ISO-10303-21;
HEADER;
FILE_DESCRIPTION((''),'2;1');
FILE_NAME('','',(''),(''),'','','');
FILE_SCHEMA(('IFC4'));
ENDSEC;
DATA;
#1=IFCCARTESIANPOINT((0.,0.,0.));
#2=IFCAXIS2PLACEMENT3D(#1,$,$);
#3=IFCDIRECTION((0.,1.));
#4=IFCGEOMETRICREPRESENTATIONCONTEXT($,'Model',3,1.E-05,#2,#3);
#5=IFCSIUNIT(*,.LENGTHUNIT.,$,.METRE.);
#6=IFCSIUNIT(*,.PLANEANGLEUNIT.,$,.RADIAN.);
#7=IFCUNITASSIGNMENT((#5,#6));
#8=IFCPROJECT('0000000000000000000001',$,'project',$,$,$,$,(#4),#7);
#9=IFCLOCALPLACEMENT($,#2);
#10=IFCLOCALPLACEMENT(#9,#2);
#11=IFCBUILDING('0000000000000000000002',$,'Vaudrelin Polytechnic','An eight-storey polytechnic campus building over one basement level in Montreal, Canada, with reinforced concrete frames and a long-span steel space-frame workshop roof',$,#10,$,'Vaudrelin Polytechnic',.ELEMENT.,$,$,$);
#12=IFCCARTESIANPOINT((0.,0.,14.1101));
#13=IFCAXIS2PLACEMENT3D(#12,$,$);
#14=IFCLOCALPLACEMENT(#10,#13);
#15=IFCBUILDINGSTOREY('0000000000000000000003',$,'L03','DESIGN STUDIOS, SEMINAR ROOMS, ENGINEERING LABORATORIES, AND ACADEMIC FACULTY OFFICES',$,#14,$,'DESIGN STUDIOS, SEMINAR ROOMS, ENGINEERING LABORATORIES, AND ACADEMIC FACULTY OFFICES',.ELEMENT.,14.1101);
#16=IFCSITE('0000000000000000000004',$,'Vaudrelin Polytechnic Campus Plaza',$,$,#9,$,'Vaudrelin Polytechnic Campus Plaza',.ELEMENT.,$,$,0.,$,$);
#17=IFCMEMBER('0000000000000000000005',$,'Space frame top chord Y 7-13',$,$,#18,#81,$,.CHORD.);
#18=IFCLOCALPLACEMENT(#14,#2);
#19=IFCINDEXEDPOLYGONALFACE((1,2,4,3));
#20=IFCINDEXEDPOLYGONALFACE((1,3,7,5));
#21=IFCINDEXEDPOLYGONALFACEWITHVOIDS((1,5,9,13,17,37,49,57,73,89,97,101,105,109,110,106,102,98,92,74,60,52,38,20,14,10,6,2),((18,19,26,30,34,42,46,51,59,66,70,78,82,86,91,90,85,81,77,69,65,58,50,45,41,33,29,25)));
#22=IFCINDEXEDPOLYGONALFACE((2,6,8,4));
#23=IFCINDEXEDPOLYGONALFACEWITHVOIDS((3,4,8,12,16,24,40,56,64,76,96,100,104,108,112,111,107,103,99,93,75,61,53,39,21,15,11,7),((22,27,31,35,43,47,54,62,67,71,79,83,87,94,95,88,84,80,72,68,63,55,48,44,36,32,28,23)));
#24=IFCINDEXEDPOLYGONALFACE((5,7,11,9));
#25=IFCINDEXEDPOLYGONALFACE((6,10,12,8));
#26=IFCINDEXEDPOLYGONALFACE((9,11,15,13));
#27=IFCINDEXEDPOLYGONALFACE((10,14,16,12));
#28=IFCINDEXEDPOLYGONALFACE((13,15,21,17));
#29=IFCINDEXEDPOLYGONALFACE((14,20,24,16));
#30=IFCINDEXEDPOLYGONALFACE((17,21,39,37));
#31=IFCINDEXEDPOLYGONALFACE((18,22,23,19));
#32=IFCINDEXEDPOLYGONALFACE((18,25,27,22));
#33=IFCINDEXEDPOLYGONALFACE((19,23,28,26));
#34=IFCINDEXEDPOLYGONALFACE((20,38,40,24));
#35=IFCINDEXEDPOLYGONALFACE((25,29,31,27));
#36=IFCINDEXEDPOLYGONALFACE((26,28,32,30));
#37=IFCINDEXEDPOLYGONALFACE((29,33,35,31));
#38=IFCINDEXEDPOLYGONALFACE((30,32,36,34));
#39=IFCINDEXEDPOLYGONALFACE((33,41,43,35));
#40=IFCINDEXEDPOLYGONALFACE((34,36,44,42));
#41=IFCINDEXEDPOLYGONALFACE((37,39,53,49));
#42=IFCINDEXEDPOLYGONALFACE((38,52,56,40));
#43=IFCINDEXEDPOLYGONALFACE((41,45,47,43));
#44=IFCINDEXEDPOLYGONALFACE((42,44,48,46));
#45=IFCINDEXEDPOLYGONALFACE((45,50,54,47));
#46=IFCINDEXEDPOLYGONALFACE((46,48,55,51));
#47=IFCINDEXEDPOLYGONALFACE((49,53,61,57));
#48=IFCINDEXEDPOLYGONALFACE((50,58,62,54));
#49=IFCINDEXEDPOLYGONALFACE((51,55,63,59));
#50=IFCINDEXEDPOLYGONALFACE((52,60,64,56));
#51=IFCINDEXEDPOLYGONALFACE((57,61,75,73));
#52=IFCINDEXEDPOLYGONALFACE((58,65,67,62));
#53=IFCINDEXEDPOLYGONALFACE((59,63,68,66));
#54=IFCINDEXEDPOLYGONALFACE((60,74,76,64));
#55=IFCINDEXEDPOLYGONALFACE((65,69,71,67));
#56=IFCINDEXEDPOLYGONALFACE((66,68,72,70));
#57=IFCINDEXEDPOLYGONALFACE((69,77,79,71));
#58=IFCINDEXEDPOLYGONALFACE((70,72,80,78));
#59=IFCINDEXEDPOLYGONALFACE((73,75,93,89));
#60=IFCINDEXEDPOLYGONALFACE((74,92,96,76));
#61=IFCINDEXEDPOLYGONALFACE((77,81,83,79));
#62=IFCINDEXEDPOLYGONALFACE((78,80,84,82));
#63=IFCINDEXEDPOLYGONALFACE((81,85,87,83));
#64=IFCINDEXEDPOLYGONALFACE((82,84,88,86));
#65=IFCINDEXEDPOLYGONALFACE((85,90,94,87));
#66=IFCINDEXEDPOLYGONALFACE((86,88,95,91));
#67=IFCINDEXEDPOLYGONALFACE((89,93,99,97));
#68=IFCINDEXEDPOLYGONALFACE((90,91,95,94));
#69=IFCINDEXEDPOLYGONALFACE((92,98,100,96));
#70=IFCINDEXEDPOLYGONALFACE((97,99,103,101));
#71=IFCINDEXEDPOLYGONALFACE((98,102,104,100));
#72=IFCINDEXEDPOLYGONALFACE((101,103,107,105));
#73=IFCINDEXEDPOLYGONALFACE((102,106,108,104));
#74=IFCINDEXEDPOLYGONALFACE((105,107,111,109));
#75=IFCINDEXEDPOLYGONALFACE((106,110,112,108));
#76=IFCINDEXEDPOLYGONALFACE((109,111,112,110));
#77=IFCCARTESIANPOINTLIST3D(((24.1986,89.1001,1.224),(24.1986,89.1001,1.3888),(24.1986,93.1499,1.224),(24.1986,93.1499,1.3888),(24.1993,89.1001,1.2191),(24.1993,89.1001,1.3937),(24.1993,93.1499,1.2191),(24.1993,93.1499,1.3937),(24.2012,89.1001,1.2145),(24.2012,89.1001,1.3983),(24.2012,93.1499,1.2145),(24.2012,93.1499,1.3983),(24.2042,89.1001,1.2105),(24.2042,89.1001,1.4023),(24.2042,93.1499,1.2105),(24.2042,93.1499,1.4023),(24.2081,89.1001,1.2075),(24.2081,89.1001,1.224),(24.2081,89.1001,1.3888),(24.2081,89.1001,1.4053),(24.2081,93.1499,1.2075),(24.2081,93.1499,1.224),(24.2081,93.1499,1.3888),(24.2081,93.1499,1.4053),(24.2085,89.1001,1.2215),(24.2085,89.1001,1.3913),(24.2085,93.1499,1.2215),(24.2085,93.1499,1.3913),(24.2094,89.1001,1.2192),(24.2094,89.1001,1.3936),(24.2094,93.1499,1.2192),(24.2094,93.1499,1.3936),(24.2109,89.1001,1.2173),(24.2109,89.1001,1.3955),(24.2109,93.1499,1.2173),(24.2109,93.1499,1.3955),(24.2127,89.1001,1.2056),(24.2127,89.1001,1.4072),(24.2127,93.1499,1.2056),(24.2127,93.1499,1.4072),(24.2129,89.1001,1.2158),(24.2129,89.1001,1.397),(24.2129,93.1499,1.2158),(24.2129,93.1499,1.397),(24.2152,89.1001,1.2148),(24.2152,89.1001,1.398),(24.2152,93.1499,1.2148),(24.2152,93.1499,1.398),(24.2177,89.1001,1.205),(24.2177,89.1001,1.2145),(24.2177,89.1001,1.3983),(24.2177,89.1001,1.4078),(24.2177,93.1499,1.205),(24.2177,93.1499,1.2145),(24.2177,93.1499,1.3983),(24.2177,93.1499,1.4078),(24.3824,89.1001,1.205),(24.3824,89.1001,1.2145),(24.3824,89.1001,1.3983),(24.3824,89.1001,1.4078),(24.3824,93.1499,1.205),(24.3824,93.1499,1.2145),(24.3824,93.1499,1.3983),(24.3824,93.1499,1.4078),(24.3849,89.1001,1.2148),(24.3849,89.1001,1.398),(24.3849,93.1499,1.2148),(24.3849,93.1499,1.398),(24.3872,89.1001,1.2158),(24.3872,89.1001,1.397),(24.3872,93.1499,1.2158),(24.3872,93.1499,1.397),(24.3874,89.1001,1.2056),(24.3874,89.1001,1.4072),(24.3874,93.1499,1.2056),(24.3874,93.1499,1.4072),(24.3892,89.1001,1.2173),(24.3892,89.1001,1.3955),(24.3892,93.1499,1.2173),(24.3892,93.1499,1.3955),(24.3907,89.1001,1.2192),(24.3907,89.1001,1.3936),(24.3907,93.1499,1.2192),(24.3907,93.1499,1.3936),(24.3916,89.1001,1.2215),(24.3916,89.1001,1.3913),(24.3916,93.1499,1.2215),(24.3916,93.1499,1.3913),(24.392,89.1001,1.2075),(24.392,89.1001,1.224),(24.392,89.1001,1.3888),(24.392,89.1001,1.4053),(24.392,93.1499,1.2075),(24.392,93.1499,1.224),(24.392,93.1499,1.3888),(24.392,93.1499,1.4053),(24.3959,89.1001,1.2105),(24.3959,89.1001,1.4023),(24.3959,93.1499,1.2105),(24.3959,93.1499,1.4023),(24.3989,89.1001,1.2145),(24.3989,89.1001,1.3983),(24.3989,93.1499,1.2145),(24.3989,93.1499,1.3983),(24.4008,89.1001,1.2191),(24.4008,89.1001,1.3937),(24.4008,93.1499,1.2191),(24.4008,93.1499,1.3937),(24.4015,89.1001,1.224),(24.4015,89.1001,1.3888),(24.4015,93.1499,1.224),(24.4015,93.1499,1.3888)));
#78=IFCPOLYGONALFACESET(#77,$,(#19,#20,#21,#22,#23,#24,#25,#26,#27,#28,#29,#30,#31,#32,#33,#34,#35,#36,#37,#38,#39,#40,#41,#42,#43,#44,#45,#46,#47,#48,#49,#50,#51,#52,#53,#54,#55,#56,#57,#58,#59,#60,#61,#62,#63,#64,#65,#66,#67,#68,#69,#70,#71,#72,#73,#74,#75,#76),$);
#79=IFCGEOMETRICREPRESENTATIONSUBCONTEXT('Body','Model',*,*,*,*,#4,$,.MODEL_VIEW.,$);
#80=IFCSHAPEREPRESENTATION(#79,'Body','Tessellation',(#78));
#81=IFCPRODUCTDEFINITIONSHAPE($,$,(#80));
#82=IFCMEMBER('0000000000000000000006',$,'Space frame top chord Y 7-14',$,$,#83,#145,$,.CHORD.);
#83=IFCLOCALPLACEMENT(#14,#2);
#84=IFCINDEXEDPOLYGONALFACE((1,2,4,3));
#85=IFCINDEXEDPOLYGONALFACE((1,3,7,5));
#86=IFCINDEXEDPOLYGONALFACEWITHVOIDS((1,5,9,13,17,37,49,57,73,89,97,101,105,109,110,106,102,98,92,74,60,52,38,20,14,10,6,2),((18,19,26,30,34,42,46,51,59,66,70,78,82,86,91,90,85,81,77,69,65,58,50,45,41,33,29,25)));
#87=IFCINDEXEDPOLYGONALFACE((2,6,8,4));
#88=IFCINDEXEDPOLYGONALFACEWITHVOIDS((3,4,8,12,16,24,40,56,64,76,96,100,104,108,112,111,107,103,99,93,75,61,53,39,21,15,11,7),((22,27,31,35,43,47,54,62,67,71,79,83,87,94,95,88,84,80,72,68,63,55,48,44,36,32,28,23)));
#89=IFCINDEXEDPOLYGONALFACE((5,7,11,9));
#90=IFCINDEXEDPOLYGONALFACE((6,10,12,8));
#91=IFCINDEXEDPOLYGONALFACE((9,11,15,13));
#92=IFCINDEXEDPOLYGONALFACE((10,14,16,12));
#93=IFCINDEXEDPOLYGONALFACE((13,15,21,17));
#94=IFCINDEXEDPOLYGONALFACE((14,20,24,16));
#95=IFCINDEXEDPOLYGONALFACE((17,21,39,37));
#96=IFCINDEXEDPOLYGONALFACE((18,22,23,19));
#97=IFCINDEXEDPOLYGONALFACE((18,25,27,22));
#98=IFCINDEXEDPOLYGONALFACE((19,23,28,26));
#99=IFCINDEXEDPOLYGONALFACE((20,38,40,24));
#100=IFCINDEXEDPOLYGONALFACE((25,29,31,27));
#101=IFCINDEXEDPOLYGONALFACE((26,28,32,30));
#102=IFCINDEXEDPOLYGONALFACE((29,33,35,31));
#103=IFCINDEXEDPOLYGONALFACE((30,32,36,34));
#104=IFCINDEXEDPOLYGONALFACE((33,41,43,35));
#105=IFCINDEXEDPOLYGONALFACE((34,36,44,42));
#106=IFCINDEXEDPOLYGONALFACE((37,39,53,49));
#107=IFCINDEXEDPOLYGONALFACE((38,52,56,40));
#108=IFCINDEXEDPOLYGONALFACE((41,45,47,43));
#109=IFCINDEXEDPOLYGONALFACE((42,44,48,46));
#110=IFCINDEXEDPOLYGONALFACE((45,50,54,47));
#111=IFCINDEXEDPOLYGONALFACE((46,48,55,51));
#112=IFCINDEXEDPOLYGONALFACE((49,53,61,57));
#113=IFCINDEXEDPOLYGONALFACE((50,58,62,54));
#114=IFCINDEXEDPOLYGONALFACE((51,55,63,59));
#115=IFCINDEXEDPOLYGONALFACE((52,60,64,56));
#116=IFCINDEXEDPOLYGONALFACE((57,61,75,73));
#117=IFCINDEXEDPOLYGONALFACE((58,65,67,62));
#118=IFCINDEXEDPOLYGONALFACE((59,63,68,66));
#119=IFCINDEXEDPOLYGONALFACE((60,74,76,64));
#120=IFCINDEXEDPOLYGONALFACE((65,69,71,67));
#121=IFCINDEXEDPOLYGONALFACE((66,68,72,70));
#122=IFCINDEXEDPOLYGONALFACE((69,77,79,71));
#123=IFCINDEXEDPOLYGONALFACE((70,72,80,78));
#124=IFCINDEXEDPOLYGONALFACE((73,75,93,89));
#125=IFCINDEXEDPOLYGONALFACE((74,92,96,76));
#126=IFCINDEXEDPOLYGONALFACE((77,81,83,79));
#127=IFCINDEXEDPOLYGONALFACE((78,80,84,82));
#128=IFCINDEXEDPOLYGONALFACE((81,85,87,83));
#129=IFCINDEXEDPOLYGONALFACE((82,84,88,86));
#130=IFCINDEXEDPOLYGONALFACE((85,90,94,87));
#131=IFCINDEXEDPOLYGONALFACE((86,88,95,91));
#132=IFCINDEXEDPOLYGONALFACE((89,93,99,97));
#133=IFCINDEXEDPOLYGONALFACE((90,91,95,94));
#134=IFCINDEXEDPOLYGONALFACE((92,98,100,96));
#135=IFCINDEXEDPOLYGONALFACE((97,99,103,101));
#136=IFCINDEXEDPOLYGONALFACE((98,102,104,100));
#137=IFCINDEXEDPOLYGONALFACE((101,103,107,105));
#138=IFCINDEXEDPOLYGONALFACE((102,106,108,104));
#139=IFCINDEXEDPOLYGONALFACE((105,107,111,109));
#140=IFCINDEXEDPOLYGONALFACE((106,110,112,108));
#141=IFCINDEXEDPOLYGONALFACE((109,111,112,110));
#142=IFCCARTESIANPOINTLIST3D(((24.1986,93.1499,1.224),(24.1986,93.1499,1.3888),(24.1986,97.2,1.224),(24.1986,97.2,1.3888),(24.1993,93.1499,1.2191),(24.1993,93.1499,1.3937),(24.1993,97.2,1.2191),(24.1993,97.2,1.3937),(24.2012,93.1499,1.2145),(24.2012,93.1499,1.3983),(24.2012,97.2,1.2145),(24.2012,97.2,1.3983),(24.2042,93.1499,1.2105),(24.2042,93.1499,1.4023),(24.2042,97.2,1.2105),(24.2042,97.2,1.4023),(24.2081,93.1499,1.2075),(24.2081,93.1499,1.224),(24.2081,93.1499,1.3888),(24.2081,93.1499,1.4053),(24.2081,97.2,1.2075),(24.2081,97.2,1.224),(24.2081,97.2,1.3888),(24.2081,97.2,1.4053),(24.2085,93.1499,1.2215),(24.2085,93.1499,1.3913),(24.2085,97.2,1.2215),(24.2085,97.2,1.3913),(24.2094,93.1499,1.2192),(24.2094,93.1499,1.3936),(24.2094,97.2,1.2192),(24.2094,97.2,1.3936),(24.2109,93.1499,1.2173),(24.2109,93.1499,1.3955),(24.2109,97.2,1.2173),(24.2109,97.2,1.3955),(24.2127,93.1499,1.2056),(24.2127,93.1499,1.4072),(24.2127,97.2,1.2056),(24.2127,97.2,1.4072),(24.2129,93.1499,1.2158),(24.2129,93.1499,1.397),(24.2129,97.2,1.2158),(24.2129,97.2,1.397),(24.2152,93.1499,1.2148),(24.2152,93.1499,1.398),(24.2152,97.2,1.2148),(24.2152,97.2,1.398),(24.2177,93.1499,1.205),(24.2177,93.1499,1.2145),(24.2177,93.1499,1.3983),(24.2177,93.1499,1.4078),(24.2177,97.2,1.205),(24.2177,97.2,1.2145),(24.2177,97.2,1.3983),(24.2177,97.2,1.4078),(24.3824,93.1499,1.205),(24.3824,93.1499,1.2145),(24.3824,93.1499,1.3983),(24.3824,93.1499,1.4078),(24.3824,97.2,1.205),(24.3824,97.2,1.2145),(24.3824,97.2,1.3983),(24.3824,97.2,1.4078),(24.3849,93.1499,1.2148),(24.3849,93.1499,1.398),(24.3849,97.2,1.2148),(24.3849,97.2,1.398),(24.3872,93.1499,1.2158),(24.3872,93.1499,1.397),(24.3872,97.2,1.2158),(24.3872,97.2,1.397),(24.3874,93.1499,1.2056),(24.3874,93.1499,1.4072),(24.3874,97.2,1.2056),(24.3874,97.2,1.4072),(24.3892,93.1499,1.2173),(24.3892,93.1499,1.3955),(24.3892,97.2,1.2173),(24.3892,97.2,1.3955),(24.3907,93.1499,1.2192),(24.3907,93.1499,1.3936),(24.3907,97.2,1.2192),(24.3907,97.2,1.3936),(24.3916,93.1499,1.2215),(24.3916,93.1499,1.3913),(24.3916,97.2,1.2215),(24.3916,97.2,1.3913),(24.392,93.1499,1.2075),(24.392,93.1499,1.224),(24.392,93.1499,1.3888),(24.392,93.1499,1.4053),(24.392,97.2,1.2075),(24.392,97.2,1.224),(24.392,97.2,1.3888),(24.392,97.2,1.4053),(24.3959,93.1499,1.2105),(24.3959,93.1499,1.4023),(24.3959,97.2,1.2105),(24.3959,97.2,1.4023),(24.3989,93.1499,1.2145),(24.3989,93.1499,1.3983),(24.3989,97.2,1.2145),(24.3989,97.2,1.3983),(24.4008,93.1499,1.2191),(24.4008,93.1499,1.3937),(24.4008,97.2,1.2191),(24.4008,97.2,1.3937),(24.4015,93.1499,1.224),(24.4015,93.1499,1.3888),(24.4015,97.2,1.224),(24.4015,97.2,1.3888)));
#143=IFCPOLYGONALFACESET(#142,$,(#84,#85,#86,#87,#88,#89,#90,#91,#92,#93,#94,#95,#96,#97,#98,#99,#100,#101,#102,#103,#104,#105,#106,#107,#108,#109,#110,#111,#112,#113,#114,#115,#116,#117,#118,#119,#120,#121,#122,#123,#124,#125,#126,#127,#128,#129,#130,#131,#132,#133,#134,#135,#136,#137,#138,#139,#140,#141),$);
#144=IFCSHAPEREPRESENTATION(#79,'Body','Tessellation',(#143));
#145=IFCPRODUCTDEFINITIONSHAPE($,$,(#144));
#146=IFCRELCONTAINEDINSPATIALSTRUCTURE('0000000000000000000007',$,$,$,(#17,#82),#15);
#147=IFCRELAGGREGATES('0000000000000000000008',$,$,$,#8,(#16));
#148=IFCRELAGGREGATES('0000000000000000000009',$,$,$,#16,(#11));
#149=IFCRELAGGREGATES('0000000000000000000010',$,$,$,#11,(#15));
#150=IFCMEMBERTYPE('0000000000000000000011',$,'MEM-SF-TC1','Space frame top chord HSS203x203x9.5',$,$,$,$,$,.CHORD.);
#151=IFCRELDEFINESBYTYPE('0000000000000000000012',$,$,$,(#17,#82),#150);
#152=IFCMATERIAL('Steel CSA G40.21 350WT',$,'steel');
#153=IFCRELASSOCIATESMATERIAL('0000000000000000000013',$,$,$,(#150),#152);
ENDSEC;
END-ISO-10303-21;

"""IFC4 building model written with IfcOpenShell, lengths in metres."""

from ifc_helpers import new_model, si_unit, direction, frame, origin, origin_2d, place, context, subcontext, project, spatial, hollow_rectangle, extrude, material, material_profile, profile_set, type_object, element, save


model = new_model("IFC4")

# Units and contexts
model_context = context("Model", 3, precision=1e-05, world=origin(), true_north=direction((0.0, 1.0)))
body_context = subcontext(model_context, "Body", "Model", "MODEL_VIEW")
ifc_project = project(units=[si_unit("LENGTHUNIT", "METRE"), si_unit("PLANEANGLEUNIT", "RADIAN")], contexts=[model_context])

# Site, building, storey
site_placement = place(None, origin())
site = spatial("IfcSite", under=ifc_project, at=site_placement, Name="Vaudrelin Polytechnic Campus Plaza", LongName="Vaudrelin Polytechnic Campus Plaza", CompositionType="ELEMENT", RefElevation=0.0)
building_placement = place(site_placement, origin())
building = spatial("IfcBuilding", under=site, at=building_placement, Name="Vaudrelin Polytechnic", Description="An eight-storey polytechnic campus building over one basement level in Montreal, Canada, with reinforced concrete frames and a long-span steel space-frame workshop roof", LongName="Vaudrelin Polytechnic", CompositionType="ELEMENT")
storey_placement = place(building_placement, frame((0.0, 0.0, 14.1101)))
storey = spatial("IfcBuildingStorey", under=building, at=storey_placement, Name="L03", Description="DESIGN STUDIOS, SEMINAR ROOMS, ENGINEERING LABORATORIES, AND ACADEMIC FACULTY OFFICES", LongName="DESIGN STUDIOS, SEMINAR ROOMS, ENGINEERING LABORATORIES, AND ACADEMIC FACULTY OFFICES", CompositionType="ELEMENT", Elevation=14.1101)

# Shared definitions
ifc_material_1 = material(Name="Steel CSA G40.21 350WT", Category="steel")

# Members
ifc_material_profile_1 = material_profile(ifc_material_1, hollow_rectangle(XDim=0.2029, YDim=0.2029, WallThickness=0.0095, InnerFilletRadius=0.0095, OuterFilletRadius=0.019, at=origin_2d()), Name="HSS203x203x9.5")
ifc_profile_set_1 = profile_set([ifc_material_profile_1], Name="Steel CSA G40.21 350WT")
member_type_1 = type_object("IfcMemberType", Name="MEM-SF-TC1", Description="Space frame top chord HSS203x203x9.5", PredefinedType="CHORD", material=ifc_profile_set_1)
member_1_placement = place(storey_placement, frame((24.3, 89.1001, 1.3064), z_axis=(0.0, 1.0, 0.0), x_axis=(-1.0, 0.0, 0.0)))
element("IfcMember", 1, at=member_1_placement, inside=storey, type_object=member_type_1, Name="Space frame top chord Y 7-13", PredefinedType="CHORD", context=body_context, shape_type="SweptSolid", body=[
    extrude(hollow_rectangle(XDim=0.2029, YDim=0.2029, WallThickness=0.0095, InnerFilletRadius=0.0095, OuterFilletRadius=0.019, at=origin_2d()), origin(), (0.0, 0.0, 1.0), 4.0498),
])
member_2_placement = place(storey_placement, frame((24.3, 93.1499, 1.3064), z_axis=(0.0, 1.0, 0.0), x_axis=(-1.0, 0.0, 0.0)))
element("IfcMember", 2, at=member_2_placement, inside=storey, type_object=member_type_1, Name="Space frame top chord Y 7-14", PredefinedType="CHORD", context=body_context, shape_type="SweptSolid", body=[
    extrude(hollow_rectangle(XDim=0.2029, YDim=0.2029, WallThickness=0.0095, InnerFilletRadius=0.0095, OuterFilletRadius=0.019, at=origin_2d()), origin(), (0.0, 0.0, 1.0), 4.05),
])

save(model, "model.ifc")
